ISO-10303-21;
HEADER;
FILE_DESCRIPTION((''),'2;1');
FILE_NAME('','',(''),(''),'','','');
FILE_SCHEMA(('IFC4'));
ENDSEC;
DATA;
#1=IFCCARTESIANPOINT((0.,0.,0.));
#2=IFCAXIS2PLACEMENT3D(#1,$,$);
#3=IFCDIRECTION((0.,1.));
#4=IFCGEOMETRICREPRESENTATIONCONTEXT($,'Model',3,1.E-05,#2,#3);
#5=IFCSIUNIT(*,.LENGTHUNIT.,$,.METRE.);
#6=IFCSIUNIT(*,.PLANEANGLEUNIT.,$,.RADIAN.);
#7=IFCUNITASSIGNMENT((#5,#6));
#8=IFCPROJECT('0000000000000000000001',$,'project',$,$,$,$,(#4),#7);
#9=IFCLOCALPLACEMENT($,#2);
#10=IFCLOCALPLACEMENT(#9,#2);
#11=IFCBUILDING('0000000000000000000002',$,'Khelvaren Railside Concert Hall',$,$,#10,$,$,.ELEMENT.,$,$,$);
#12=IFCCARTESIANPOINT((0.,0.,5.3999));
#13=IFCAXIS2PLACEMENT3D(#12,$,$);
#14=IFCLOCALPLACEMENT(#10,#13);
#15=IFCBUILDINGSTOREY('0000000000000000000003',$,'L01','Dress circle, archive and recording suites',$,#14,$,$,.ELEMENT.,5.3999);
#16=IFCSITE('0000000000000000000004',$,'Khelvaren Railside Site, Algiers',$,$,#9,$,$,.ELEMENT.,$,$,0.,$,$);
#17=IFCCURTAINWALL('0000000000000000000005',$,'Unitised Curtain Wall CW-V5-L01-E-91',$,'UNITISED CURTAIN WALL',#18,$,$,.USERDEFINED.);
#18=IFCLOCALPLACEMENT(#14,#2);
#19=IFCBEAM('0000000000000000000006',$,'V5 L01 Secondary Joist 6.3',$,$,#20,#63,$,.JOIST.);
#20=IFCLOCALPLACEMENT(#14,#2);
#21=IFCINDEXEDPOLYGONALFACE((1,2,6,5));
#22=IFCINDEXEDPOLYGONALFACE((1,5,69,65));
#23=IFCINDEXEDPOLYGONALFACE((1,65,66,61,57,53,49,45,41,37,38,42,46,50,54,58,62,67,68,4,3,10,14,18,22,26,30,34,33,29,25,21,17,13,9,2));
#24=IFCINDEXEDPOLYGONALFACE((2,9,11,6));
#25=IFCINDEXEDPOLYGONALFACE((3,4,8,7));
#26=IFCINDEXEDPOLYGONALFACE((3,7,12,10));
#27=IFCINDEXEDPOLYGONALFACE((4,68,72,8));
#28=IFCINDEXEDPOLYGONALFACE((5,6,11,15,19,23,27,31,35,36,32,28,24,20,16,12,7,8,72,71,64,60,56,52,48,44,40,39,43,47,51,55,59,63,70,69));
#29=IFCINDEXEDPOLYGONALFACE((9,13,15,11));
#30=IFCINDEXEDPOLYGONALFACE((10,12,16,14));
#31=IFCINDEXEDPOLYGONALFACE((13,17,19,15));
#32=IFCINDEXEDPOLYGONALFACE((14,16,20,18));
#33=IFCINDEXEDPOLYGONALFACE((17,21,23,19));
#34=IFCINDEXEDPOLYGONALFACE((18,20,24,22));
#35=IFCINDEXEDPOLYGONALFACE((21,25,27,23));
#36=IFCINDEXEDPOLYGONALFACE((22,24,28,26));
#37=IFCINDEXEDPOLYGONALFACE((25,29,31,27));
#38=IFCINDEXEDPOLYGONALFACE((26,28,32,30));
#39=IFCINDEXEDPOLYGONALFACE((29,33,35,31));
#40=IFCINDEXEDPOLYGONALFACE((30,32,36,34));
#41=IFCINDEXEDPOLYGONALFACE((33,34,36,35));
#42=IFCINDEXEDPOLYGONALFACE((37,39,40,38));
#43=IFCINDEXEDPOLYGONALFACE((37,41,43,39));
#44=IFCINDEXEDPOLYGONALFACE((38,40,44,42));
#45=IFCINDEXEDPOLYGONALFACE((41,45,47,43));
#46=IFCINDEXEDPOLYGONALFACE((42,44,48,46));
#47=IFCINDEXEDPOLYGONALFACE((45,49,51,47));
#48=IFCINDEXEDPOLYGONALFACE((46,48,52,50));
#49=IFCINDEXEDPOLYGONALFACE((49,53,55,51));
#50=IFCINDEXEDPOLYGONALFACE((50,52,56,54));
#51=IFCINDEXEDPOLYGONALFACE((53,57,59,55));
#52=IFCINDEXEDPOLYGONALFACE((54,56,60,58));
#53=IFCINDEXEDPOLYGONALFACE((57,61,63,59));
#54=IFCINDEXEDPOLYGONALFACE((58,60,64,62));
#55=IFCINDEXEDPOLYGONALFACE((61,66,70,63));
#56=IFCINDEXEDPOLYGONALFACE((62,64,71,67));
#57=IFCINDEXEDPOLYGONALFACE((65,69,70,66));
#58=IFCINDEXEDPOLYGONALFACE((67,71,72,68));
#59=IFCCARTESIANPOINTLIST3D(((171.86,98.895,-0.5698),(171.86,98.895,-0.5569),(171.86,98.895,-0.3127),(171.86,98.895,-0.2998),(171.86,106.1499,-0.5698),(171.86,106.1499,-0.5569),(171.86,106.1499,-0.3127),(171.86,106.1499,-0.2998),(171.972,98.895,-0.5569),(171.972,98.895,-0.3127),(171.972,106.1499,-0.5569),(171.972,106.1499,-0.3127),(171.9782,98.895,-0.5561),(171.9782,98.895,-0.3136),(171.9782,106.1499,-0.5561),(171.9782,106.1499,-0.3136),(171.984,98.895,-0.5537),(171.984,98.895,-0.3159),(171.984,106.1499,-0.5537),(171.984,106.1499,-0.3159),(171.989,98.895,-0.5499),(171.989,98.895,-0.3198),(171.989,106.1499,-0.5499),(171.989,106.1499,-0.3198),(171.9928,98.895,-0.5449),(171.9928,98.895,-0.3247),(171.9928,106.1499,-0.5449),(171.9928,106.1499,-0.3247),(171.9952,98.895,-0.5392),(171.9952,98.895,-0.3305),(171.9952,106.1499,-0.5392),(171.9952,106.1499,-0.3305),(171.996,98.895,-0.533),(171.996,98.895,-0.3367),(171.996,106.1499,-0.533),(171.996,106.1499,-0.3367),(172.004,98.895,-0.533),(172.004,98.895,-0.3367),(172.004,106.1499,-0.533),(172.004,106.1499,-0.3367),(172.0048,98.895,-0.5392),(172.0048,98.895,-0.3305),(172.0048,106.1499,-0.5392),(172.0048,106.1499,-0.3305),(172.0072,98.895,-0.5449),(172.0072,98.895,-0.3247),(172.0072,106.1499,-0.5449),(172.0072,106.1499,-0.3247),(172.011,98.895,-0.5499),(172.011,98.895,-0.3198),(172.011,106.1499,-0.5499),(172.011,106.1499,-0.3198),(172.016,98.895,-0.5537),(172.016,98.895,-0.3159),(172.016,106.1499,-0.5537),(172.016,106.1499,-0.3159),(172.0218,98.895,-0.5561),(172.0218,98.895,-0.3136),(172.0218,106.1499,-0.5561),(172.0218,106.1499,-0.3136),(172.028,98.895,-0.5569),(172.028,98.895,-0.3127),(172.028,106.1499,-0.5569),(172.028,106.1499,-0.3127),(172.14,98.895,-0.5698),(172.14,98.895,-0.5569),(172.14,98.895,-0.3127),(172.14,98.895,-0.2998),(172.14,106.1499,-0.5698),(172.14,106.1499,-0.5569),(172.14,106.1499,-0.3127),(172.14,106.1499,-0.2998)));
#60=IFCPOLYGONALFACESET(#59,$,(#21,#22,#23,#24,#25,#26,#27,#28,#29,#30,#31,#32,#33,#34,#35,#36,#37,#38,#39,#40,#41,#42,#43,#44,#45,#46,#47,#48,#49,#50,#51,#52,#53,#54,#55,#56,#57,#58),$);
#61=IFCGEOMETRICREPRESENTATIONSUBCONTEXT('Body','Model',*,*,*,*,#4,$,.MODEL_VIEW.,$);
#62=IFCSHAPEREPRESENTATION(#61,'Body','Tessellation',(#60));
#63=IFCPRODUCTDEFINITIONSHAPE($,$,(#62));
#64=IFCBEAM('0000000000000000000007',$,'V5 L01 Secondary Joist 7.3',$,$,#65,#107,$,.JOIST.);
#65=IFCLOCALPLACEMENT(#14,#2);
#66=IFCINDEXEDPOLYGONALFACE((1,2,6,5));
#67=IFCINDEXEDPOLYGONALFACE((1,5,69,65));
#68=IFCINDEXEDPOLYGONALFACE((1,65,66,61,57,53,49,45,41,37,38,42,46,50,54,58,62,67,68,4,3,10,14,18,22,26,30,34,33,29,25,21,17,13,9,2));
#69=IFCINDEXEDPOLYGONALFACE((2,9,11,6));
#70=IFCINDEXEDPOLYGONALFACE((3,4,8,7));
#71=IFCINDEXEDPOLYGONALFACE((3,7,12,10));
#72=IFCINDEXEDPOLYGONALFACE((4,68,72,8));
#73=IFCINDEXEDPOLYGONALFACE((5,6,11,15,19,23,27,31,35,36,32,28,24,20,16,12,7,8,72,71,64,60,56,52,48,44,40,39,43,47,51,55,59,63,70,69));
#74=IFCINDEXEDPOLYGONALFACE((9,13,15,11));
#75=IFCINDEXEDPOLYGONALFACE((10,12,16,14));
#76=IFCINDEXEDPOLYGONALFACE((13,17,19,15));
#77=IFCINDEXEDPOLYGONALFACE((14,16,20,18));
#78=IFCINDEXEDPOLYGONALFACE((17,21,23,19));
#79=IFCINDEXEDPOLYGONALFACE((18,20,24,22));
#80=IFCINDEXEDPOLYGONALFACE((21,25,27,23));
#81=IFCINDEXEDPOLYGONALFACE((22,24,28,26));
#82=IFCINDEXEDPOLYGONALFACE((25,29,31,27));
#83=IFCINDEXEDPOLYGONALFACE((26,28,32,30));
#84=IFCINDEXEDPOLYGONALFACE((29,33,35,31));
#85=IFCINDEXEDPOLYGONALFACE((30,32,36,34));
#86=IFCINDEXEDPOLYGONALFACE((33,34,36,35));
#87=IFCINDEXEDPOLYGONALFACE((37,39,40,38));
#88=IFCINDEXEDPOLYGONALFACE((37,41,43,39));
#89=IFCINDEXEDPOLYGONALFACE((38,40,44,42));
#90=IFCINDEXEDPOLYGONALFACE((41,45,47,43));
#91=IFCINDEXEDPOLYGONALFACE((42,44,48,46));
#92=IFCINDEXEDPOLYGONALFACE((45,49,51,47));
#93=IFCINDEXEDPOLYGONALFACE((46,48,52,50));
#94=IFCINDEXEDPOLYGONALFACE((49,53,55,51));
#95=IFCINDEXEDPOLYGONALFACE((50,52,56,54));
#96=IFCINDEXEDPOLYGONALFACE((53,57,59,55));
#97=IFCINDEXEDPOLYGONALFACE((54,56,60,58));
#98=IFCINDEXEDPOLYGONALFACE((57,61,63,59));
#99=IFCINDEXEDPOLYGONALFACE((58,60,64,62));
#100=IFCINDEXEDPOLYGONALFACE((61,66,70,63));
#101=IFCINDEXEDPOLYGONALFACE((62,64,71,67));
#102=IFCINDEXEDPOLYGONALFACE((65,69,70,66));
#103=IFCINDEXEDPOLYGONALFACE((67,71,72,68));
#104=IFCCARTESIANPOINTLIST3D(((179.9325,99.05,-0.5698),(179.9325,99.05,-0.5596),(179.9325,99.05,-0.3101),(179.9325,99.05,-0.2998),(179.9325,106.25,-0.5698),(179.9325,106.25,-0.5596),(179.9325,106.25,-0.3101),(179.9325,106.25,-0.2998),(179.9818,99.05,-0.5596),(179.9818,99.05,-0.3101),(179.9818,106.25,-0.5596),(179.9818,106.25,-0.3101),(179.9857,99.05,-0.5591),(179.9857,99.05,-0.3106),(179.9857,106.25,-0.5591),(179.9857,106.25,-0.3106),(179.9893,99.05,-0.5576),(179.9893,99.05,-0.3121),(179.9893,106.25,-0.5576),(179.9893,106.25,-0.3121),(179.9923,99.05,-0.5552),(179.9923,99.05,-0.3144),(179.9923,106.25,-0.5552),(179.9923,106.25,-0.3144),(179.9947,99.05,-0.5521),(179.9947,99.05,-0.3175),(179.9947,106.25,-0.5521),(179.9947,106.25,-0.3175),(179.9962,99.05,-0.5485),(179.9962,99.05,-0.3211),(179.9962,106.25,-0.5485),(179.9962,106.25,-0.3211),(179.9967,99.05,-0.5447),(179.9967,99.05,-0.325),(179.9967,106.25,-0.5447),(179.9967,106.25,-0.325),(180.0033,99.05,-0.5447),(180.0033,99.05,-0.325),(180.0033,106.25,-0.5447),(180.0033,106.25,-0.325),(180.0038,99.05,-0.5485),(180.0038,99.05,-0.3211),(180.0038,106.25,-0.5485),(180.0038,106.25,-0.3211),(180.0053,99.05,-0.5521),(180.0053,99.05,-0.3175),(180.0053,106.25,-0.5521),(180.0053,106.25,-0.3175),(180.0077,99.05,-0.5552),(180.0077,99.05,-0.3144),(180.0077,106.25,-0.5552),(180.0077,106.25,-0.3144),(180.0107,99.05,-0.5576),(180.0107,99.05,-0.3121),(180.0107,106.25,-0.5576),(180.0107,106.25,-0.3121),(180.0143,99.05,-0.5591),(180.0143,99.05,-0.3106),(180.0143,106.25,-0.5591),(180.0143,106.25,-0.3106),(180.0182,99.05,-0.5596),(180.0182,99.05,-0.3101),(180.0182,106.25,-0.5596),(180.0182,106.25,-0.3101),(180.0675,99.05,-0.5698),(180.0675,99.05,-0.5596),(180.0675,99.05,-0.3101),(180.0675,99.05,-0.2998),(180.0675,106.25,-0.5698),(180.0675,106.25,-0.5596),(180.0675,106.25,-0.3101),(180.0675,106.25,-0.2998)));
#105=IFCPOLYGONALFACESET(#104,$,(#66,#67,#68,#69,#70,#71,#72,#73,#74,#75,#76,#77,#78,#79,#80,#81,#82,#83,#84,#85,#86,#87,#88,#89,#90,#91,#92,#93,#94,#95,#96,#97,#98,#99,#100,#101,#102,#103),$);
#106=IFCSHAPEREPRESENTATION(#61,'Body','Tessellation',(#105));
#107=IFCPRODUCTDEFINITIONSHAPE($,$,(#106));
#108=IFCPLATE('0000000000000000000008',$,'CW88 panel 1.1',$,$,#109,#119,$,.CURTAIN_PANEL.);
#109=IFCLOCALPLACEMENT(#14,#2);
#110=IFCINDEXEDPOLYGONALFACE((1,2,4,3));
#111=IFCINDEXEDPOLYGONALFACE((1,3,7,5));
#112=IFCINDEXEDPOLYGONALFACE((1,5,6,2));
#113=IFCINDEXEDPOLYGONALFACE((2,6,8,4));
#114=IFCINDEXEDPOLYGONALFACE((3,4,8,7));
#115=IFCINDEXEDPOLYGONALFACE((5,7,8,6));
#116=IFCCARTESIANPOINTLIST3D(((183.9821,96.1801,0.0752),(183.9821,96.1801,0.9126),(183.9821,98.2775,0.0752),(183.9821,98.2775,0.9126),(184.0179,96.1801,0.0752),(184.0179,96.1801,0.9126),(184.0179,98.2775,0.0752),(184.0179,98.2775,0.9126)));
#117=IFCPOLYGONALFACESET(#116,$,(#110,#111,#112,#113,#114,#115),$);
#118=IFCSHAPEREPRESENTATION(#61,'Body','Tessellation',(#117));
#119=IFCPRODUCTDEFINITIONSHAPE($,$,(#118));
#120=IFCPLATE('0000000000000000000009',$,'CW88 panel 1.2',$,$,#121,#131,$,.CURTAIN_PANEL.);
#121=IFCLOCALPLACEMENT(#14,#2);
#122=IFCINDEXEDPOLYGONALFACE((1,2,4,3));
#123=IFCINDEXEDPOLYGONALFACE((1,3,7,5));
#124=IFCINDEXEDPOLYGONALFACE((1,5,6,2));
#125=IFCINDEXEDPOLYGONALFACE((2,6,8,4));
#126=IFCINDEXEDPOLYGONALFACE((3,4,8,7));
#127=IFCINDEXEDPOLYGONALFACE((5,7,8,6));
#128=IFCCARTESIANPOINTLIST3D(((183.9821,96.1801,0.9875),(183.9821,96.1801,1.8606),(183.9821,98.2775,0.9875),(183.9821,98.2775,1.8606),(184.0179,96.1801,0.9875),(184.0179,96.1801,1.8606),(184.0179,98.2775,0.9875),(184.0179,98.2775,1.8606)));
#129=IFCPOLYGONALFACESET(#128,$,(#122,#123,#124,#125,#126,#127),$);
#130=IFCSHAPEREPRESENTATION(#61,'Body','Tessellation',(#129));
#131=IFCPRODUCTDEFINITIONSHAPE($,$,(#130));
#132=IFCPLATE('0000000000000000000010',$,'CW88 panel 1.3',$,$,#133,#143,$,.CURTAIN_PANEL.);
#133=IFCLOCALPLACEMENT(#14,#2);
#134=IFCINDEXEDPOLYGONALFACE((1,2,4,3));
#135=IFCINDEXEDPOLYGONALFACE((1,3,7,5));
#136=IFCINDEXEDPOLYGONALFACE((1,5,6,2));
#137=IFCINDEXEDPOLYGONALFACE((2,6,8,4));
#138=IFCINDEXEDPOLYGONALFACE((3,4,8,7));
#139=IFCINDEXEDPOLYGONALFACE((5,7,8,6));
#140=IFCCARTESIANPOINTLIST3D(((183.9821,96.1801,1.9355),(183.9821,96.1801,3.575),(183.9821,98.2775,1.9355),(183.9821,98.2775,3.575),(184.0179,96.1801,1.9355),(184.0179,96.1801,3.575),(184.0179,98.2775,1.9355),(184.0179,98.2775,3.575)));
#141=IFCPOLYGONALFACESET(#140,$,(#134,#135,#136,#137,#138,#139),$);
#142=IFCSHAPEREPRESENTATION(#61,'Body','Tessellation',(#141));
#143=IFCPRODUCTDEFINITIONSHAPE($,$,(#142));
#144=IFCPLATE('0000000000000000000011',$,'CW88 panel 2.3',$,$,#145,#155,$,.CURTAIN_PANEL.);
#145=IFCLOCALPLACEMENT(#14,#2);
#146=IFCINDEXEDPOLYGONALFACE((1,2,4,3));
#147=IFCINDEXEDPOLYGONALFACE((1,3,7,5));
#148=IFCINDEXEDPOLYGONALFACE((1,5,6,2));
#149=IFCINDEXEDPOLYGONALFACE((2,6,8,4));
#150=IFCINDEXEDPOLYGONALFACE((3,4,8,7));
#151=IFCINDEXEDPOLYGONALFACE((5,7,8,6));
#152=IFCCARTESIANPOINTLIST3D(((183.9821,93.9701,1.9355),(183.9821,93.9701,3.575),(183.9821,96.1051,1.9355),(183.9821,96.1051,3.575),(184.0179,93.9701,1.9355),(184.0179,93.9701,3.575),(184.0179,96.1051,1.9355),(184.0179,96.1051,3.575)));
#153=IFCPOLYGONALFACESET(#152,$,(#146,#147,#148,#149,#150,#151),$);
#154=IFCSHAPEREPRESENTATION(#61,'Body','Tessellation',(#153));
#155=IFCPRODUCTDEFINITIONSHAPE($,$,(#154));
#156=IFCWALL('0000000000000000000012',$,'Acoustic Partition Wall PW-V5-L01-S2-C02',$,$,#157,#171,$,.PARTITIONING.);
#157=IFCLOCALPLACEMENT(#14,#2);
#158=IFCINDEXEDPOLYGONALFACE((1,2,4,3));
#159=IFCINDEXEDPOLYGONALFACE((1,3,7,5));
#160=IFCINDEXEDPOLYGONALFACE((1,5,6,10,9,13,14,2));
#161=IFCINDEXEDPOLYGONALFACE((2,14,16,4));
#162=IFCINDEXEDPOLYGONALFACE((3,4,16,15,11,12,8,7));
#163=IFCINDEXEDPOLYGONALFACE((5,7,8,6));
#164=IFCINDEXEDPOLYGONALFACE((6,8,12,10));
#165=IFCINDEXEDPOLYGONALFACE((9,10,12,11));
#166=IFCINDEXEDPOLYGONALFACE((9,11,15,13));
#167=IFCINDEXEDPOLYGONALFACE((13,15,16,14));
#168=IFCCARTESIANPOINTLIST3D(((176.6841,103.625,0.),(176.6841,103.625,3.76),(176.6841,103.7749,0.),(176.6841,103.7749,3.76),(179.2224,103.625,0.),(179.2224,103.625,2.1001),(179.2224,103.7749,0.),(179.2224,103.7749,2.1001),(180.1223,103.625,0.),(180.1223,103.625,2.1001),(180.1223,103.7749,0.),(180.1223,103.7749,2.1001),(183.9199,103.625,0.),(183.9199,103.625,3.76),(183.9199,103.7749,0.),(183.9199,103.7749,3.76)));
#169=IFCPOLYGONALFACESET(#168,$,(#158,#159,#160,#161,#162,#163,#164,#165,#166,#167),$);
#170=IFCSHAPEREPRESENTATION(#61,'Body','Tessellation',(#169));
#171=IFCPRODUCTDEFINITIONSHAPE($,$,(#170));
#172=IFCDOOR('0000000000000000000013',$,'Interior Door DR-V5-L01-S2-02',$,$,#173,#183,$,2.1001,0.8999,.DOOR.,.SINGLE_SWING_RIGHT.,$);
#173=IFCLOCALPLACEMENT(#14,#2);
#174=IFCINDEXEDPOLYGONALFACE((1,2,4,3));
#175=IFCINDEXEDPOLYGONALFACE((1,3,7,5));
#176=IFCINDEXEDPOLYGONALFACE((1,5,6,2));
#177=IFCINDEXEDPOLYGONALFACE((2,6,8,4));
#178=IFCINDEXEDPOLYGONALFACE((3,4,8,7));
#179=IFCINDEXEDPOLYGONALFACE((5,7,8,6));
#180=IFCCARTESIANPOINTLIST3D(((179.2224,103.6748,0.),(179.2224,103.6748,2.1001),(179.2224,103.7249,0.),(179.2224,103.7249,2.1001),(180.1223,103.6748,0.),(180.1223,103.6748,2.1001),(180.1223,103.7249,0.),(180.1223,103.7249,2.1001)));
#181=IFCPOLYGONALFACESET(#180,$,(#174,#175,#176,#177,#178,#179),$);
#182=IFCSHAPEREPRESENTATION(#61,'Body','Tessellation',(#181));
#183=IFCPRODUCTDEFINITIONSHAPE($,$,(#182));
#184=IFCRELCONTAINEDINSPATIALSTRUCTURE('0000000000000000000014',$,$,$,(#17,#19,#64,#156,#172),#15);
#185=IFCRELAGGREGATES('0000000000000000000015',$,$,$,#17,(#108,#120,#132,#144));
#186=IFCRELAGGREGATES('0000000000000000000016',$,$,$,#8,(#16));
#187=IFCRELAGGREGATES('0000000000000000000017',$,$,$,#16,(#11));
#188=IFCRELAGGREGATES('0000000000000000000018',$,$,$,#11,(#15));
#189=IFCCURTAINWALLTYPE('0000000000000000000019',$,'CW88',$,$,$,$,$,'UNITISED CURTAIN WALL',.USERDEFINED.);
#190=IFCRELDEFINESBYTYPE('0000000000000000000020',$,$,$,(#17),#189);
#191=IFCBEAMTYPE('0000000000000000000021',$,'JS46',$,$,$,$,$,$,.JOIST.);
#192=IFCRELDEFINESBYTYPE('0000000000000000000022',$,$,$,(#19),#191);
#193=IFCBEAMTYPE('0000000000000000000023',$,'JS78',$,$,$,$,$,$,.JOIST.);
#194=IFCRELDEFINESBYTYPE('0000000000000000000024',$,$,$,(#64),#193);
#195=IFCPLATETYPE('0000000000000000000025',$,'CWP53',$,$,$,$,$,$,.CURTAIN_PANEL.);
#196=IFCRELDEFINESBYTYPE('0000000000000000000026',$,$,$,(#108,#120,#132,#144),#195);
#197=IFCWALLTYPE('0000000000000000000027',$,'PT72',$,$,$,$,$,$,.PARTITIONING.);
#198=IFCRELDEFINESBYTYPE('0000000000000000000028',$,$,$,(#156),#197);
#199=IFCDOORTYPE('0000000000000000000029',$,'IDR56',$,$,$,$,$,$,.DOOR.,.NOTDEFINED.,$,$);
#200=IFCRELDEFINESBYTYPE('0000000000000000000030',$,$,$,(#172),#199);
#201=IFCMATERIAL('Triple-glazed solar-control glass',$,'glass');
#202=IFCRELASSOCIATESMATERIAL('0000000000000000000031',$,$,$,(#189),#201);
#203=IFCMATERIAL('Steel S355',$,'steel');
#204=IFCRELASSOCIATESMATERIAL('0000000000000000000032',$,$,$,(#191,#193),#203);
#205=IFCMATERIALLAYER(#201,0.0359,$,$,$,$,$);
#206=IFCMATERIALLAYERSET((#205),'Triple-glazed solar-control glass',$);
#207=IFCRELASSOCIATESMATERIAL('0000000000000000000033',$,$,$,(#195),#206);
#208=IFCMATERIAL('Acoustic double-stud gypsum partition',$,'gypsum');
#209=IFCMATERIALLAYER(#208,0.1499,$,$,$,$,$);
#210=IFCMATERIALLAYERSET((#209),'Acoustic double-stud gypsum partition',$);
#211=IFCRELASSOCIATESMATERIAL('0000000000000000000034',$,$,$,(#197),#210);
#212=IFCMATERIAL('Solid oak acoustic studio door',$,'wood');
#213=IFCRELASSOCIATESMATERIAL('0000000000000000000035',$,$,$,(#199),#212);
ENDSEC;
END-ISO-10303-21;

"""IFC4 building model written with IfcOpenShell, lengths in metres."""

from ifc_helpers import new_model, si_unit, direction, frame, frame_2d, origin, origin_2d, place, context, subcontext, project, spatial, rectangle, i_section, extrude, material, layer, layer_set, material_profile, profile_set, type_object, element, fill, aggregate, save


model = new_model("IFC4")

# Units and contexts
model_context = context("Model", 3, precision=1e-05, world=origin(), true_north=direction((0.0, 1.0)))
body_context = subcontext(model_context, "Body", "Model", "MODEL_VIEW")
ifc_project = project(units=[si_unit("LENGTHUNIT", "METRE"), si_unit("PLANEANGLEUNIT", "RADIAN")], contexts=[model_context])

# Site, building, storey
site_placement = place(None, origin())
site = spatial("IfcSite", under=ifc_project, at=site_placement, Name="Khelvaren Railside Site, Algiers", CompositionType="ELEMENT", RefElevation=0.0)
building_placement = place(site_placement, origin())
building = spatial("IfcBuilding", under=site, at=building_placement, Name="Khelvaren Railside Concert Hall", CompositionType="ELEMENT")
storey_placement = place(building_placement, frame((0.0, 0.0, 5.3999)))
storey = spatial("IfcBuildingStorey", under=building, at=storey_placement, Name="L01", Description="Dress circle, archive and recording suites", CompositionType="ELEMENT", Elevation=5.3999)

# Shared definitions
ifc_material_1 = material(Name="Steel S355", Category="steel")

# Curtain wall
ifc_material_2 = material(Name="Triple-glazed solar-control glass", Category="glass")
curtain_wall_type = type_object("IfcCurtainWallType", Name="CW88", ElementType="UNITISED CURTAIN WALL", PredefinedType="USERDEFINED", material=ifc_material_2)
curtain_wall_placement = place(storey_placement, origin())
curtain_wall = element("IfcCurtainWall", 1, at=curtain_wall_placement, inside=storey, type_object=curtain_wall_type, Name="Unitised Curtain Wall CW-V5-L01-E-91", ObjectType="UNITISED CURTAIN WALL", PredefinedType="USERDEFINED")

# Beams
ifc_material_profile_1 = material_profile(ifc_material_1, i_section(OverallWidth=0.28, OverallDepth=0.27, WebThickness=0.0081, FlangeThickness=0.0129, FilletRadius=0.0239, at=origin_2d()), Name="HEA 280")
ifc_profile_set_1 = profile_set([ifc_material_profile_1], Name="Steel S355")
beam_type_1 = type_object("IfcBeamType", Name="JS46", PredefinedType="JOIST", material=ifc_profile_set_1)
beam_1_placement = place(storey_placement, frame((172.0, 98.895, -0.4348), z_axis=(0.0, 1.0, 0.0), x_axis=(-1.0, 0.0, 0.0)))
element("IfcBeam", 2, at=beam_1_placement, inside=storey, type_object=beam_type_1, Name="V5 L01 Secondary Joist 6.3", PredefinedType="JOIST", context=body_context, shape_type="SweptSolid", body=[
    extrude(i_section(OverallWidth=0.28, OverallDepth=0.27, WebThickness=0.0081, FlangeThickness=0.0129, FilletRadius=0.0239, at=origin_2d()), origin(), (0.0, 0.0, 1.0), 7.2549),
])
ifc_material_profile_2 = material_profile(ifc_material_1, i_section(OverallWidth=0.135, OverallDepth=0.27, WebThickness=0.0066, FlangeThickness=0.0103, FilletRadius=0.0149, at=origin_2d()), Name="IPE 270")
ifc_profile_set_2 = profile_set([ifc_material_profile_2], Name="Steel S355")
beam_type_2 = type_object("IfcBeamType", Name="JS78", PredefinedType="JOIST", material=ifc_profile_set_2)
beam_2_placement = place(storey_placement, frame((180.0, 99.05, -0.4348), z_axis=(0.0, 1.0, 0.0), x_axis=(-1.0, 0.0, 0.0)))
element("IfcBeam", 3, at=beam_2_placement, inside=storey, type_object=beam_type_2, Name="V5 L01 Secondary Joist 7.3", PredefinedType="JOIST", context=body_context, shape_type="SweptSolid", body=[
    extrude(i_section(OverallWidth=0.135, OverallDepth=0.27, WebThickness=0.0066, FlangeThickness=0.0103, FilletRadius=0.0149, at=origin_2d()), origin(), (0.0, 0.0, 1.0), 7.2),
])

# Plates
ifc_layer_1 = layer(ifc_material_2, 0.0359)
ifc_layer_set_1 = layer_set([ifc_layer_1], Name="Triple-glazed solar-control glass")
plate_type = type_object("IfcPlateType", Name="CWP53", PredefinedType="CURTAIN_PANEL", material=ifc_layer_set_1)
plate_1_placement = place(storey_placement, frame((184.0, 97.2288, 0.0752), z_axis=(0.0, 0.0, 1.0), x_axis=(0.0, -1.0, 0.0)))
plate_1 = element("IfcPlate", 4, at=plate_1_placement, type_object=plate_type, Name="CW88 panel 1.1", PredefinedType="CURTAIN_PANEL", context=body_context, shape_type="SweptSolid", body=[
    extrude(rectangle(XDim=2.0974, YDim=0.0359, at=origin_2d()), origin(), (0.0, 0.0, 1.0), 0.8374),
])
plate_2_placement = place(storey_placement, frame((184.0, 97.2288, 0.9875), z_axis=(0.0, 0.0, 1.0), x_axis=(0.0, -1.0, 0.0)))
plate_2 = element("IfcPlate", 5, at=plate_2_placement, type_object=plate_type, Name="CW88 panel 1.2", PredefinedType="CURTAIN_PANEL", context=body_context, shape_type="SweptSolid", body=[
    extrude(rectangle(XDim=2.0974, YDim=0.0359, at=origin_2d()), origin(), (0.0, 0.0, 1.0), 0.873),
])
plate_3_placement = place(storey_placement, frame((184.0, 97.2288, 1.9355), z_axis=(0.0, 0.0, 1.0), x_axis=(0.0, -1.0, 0.0)))
plate_3 = element("IfcPlate", 6, at=plate_3_placement, type_object=plate_type, Name="CW88 panel 1.3", PredefinedType="CURTAIN_PANEL", context=body_context, shape_type="SweptSolid", body=[
    extrude(rectangle(XDim=2.0974, YDim=0.0359, at=origin_2d()), origin(), (0.0, 0.0, 1.0), 1.6394),
])
plate_4_placement = place(storey_placement, frame((184.0, 95.0376, 1.9355), z_axis=(0.0, 0.0, 1.0), x_axis=(0.0, -1.0, 0.0)))
plate_4 = element("IfcPlate", 7, at=plate_4_placement, type_object=plate_type, Name="CW88 panel 2.3", PredefinedType="CURTAIN_PANEL", context=body_context, shape_type="SweptSolid", body=[
    extrude(rectangle(XDim=2.135, YDim=0.0359, at=origin_2d()), origin(), (0.0, 0.0, 1.0), 1.6394),
])
aggregate(curtain_wall, [plate_1, plate_2, plate_3, plate_4])

# Wall, opening, door
ifc_material_3 = material(Name="Acoustic double-stud gypsum partition", Category="gypsum")
ifc_layer_2 = layer(ifc_material_3, 0.1499)
ifc_layer_set_2 = layer_set([ifc_layer_2], Name="Acoustic double-stud gypsum partition")
wall_type = type_object("IfcWallType", Name="PT72", PredefinedType="PARTITIONING", material=ifc_layer_set_2)
wall_1_placement = place(storey_placement, frame((176.6841, 103.7, 0.0), z_axis=(0.0, 0.0, 1.0), x_axis=(1.0, 0.0, 0.0)))
wall_1 = element("IfcWall", 8, at=wall_1_placement, inside=storey, type_object=wall_type, Name="Acoustic Partition Wall PW-V5-L01-S2-C02", PredefinedType="PARTITIONING", context=body_context, shape_type="SweptSolid", body=[
    extrude(rectangle(XDim=7.2358, YDim=0.1499, at=frame_2d((3.6179, 0.0))), origin(), (0.0, 0.0, 1.0), 3.76),
])
opening_1_placement = place(wall_1_placement, frame((2.5383, 0.0, 0.0)))
opening_1 = element("IfcOpeningElement", 9, at=opening_1_placement, cuts=wall_1, PredefinedType="OPENING", context=body_context, shape_type="SweptSolid", body=[
    extrude(rectangle(XDim=0.8999, YDim=2.1001, at=frame_2d((0.45, 1.05))), frame((0.0, 0.085, 0.0), z_axis=(0.0, -1.0, 0.0), x_axis=(1.0, 0.0, 0.0)), (0.0, 0.0, 1.0), 0.1699),
])
ifc_material_4 = material(Name="Solid oak acoustic studio door", Category="wood")
door_type_1 = type_object("IfcDoorType", Name="IDR56", OperationType="NOTDEFINED", PredefinedType="DOOR", material=ifc_material_4)
door_1_placement = place(opening_1_placement, origin())
door_1 = element("IfcDoor", 10, at=door_1_placement, inside=storey, type_object=door_type_1, Name="Interior Door DR-V5-L01-S2-02", OperationType="SINGLE_SWING_RIGHT", OverallHeight=2.1001, OverallWidth=0.8999, PredefinedType="DOOR", context=body_context, shape_type="SweptSolid", body=[
    extrude(rectangle(XDim=0.8999, YDim=2.1001, at=frame_2d((0.45, 1.05))), frame((0.0, 0.0249, 0.0), z_axis=(0.0, -1.0, 0.0), x_axis=(1.0, 0.0, 0.0)), (0.0, 0.0, 1.0), 0.05),
])
fill(opening_1, door_1)

save(model, "model.ifc")
